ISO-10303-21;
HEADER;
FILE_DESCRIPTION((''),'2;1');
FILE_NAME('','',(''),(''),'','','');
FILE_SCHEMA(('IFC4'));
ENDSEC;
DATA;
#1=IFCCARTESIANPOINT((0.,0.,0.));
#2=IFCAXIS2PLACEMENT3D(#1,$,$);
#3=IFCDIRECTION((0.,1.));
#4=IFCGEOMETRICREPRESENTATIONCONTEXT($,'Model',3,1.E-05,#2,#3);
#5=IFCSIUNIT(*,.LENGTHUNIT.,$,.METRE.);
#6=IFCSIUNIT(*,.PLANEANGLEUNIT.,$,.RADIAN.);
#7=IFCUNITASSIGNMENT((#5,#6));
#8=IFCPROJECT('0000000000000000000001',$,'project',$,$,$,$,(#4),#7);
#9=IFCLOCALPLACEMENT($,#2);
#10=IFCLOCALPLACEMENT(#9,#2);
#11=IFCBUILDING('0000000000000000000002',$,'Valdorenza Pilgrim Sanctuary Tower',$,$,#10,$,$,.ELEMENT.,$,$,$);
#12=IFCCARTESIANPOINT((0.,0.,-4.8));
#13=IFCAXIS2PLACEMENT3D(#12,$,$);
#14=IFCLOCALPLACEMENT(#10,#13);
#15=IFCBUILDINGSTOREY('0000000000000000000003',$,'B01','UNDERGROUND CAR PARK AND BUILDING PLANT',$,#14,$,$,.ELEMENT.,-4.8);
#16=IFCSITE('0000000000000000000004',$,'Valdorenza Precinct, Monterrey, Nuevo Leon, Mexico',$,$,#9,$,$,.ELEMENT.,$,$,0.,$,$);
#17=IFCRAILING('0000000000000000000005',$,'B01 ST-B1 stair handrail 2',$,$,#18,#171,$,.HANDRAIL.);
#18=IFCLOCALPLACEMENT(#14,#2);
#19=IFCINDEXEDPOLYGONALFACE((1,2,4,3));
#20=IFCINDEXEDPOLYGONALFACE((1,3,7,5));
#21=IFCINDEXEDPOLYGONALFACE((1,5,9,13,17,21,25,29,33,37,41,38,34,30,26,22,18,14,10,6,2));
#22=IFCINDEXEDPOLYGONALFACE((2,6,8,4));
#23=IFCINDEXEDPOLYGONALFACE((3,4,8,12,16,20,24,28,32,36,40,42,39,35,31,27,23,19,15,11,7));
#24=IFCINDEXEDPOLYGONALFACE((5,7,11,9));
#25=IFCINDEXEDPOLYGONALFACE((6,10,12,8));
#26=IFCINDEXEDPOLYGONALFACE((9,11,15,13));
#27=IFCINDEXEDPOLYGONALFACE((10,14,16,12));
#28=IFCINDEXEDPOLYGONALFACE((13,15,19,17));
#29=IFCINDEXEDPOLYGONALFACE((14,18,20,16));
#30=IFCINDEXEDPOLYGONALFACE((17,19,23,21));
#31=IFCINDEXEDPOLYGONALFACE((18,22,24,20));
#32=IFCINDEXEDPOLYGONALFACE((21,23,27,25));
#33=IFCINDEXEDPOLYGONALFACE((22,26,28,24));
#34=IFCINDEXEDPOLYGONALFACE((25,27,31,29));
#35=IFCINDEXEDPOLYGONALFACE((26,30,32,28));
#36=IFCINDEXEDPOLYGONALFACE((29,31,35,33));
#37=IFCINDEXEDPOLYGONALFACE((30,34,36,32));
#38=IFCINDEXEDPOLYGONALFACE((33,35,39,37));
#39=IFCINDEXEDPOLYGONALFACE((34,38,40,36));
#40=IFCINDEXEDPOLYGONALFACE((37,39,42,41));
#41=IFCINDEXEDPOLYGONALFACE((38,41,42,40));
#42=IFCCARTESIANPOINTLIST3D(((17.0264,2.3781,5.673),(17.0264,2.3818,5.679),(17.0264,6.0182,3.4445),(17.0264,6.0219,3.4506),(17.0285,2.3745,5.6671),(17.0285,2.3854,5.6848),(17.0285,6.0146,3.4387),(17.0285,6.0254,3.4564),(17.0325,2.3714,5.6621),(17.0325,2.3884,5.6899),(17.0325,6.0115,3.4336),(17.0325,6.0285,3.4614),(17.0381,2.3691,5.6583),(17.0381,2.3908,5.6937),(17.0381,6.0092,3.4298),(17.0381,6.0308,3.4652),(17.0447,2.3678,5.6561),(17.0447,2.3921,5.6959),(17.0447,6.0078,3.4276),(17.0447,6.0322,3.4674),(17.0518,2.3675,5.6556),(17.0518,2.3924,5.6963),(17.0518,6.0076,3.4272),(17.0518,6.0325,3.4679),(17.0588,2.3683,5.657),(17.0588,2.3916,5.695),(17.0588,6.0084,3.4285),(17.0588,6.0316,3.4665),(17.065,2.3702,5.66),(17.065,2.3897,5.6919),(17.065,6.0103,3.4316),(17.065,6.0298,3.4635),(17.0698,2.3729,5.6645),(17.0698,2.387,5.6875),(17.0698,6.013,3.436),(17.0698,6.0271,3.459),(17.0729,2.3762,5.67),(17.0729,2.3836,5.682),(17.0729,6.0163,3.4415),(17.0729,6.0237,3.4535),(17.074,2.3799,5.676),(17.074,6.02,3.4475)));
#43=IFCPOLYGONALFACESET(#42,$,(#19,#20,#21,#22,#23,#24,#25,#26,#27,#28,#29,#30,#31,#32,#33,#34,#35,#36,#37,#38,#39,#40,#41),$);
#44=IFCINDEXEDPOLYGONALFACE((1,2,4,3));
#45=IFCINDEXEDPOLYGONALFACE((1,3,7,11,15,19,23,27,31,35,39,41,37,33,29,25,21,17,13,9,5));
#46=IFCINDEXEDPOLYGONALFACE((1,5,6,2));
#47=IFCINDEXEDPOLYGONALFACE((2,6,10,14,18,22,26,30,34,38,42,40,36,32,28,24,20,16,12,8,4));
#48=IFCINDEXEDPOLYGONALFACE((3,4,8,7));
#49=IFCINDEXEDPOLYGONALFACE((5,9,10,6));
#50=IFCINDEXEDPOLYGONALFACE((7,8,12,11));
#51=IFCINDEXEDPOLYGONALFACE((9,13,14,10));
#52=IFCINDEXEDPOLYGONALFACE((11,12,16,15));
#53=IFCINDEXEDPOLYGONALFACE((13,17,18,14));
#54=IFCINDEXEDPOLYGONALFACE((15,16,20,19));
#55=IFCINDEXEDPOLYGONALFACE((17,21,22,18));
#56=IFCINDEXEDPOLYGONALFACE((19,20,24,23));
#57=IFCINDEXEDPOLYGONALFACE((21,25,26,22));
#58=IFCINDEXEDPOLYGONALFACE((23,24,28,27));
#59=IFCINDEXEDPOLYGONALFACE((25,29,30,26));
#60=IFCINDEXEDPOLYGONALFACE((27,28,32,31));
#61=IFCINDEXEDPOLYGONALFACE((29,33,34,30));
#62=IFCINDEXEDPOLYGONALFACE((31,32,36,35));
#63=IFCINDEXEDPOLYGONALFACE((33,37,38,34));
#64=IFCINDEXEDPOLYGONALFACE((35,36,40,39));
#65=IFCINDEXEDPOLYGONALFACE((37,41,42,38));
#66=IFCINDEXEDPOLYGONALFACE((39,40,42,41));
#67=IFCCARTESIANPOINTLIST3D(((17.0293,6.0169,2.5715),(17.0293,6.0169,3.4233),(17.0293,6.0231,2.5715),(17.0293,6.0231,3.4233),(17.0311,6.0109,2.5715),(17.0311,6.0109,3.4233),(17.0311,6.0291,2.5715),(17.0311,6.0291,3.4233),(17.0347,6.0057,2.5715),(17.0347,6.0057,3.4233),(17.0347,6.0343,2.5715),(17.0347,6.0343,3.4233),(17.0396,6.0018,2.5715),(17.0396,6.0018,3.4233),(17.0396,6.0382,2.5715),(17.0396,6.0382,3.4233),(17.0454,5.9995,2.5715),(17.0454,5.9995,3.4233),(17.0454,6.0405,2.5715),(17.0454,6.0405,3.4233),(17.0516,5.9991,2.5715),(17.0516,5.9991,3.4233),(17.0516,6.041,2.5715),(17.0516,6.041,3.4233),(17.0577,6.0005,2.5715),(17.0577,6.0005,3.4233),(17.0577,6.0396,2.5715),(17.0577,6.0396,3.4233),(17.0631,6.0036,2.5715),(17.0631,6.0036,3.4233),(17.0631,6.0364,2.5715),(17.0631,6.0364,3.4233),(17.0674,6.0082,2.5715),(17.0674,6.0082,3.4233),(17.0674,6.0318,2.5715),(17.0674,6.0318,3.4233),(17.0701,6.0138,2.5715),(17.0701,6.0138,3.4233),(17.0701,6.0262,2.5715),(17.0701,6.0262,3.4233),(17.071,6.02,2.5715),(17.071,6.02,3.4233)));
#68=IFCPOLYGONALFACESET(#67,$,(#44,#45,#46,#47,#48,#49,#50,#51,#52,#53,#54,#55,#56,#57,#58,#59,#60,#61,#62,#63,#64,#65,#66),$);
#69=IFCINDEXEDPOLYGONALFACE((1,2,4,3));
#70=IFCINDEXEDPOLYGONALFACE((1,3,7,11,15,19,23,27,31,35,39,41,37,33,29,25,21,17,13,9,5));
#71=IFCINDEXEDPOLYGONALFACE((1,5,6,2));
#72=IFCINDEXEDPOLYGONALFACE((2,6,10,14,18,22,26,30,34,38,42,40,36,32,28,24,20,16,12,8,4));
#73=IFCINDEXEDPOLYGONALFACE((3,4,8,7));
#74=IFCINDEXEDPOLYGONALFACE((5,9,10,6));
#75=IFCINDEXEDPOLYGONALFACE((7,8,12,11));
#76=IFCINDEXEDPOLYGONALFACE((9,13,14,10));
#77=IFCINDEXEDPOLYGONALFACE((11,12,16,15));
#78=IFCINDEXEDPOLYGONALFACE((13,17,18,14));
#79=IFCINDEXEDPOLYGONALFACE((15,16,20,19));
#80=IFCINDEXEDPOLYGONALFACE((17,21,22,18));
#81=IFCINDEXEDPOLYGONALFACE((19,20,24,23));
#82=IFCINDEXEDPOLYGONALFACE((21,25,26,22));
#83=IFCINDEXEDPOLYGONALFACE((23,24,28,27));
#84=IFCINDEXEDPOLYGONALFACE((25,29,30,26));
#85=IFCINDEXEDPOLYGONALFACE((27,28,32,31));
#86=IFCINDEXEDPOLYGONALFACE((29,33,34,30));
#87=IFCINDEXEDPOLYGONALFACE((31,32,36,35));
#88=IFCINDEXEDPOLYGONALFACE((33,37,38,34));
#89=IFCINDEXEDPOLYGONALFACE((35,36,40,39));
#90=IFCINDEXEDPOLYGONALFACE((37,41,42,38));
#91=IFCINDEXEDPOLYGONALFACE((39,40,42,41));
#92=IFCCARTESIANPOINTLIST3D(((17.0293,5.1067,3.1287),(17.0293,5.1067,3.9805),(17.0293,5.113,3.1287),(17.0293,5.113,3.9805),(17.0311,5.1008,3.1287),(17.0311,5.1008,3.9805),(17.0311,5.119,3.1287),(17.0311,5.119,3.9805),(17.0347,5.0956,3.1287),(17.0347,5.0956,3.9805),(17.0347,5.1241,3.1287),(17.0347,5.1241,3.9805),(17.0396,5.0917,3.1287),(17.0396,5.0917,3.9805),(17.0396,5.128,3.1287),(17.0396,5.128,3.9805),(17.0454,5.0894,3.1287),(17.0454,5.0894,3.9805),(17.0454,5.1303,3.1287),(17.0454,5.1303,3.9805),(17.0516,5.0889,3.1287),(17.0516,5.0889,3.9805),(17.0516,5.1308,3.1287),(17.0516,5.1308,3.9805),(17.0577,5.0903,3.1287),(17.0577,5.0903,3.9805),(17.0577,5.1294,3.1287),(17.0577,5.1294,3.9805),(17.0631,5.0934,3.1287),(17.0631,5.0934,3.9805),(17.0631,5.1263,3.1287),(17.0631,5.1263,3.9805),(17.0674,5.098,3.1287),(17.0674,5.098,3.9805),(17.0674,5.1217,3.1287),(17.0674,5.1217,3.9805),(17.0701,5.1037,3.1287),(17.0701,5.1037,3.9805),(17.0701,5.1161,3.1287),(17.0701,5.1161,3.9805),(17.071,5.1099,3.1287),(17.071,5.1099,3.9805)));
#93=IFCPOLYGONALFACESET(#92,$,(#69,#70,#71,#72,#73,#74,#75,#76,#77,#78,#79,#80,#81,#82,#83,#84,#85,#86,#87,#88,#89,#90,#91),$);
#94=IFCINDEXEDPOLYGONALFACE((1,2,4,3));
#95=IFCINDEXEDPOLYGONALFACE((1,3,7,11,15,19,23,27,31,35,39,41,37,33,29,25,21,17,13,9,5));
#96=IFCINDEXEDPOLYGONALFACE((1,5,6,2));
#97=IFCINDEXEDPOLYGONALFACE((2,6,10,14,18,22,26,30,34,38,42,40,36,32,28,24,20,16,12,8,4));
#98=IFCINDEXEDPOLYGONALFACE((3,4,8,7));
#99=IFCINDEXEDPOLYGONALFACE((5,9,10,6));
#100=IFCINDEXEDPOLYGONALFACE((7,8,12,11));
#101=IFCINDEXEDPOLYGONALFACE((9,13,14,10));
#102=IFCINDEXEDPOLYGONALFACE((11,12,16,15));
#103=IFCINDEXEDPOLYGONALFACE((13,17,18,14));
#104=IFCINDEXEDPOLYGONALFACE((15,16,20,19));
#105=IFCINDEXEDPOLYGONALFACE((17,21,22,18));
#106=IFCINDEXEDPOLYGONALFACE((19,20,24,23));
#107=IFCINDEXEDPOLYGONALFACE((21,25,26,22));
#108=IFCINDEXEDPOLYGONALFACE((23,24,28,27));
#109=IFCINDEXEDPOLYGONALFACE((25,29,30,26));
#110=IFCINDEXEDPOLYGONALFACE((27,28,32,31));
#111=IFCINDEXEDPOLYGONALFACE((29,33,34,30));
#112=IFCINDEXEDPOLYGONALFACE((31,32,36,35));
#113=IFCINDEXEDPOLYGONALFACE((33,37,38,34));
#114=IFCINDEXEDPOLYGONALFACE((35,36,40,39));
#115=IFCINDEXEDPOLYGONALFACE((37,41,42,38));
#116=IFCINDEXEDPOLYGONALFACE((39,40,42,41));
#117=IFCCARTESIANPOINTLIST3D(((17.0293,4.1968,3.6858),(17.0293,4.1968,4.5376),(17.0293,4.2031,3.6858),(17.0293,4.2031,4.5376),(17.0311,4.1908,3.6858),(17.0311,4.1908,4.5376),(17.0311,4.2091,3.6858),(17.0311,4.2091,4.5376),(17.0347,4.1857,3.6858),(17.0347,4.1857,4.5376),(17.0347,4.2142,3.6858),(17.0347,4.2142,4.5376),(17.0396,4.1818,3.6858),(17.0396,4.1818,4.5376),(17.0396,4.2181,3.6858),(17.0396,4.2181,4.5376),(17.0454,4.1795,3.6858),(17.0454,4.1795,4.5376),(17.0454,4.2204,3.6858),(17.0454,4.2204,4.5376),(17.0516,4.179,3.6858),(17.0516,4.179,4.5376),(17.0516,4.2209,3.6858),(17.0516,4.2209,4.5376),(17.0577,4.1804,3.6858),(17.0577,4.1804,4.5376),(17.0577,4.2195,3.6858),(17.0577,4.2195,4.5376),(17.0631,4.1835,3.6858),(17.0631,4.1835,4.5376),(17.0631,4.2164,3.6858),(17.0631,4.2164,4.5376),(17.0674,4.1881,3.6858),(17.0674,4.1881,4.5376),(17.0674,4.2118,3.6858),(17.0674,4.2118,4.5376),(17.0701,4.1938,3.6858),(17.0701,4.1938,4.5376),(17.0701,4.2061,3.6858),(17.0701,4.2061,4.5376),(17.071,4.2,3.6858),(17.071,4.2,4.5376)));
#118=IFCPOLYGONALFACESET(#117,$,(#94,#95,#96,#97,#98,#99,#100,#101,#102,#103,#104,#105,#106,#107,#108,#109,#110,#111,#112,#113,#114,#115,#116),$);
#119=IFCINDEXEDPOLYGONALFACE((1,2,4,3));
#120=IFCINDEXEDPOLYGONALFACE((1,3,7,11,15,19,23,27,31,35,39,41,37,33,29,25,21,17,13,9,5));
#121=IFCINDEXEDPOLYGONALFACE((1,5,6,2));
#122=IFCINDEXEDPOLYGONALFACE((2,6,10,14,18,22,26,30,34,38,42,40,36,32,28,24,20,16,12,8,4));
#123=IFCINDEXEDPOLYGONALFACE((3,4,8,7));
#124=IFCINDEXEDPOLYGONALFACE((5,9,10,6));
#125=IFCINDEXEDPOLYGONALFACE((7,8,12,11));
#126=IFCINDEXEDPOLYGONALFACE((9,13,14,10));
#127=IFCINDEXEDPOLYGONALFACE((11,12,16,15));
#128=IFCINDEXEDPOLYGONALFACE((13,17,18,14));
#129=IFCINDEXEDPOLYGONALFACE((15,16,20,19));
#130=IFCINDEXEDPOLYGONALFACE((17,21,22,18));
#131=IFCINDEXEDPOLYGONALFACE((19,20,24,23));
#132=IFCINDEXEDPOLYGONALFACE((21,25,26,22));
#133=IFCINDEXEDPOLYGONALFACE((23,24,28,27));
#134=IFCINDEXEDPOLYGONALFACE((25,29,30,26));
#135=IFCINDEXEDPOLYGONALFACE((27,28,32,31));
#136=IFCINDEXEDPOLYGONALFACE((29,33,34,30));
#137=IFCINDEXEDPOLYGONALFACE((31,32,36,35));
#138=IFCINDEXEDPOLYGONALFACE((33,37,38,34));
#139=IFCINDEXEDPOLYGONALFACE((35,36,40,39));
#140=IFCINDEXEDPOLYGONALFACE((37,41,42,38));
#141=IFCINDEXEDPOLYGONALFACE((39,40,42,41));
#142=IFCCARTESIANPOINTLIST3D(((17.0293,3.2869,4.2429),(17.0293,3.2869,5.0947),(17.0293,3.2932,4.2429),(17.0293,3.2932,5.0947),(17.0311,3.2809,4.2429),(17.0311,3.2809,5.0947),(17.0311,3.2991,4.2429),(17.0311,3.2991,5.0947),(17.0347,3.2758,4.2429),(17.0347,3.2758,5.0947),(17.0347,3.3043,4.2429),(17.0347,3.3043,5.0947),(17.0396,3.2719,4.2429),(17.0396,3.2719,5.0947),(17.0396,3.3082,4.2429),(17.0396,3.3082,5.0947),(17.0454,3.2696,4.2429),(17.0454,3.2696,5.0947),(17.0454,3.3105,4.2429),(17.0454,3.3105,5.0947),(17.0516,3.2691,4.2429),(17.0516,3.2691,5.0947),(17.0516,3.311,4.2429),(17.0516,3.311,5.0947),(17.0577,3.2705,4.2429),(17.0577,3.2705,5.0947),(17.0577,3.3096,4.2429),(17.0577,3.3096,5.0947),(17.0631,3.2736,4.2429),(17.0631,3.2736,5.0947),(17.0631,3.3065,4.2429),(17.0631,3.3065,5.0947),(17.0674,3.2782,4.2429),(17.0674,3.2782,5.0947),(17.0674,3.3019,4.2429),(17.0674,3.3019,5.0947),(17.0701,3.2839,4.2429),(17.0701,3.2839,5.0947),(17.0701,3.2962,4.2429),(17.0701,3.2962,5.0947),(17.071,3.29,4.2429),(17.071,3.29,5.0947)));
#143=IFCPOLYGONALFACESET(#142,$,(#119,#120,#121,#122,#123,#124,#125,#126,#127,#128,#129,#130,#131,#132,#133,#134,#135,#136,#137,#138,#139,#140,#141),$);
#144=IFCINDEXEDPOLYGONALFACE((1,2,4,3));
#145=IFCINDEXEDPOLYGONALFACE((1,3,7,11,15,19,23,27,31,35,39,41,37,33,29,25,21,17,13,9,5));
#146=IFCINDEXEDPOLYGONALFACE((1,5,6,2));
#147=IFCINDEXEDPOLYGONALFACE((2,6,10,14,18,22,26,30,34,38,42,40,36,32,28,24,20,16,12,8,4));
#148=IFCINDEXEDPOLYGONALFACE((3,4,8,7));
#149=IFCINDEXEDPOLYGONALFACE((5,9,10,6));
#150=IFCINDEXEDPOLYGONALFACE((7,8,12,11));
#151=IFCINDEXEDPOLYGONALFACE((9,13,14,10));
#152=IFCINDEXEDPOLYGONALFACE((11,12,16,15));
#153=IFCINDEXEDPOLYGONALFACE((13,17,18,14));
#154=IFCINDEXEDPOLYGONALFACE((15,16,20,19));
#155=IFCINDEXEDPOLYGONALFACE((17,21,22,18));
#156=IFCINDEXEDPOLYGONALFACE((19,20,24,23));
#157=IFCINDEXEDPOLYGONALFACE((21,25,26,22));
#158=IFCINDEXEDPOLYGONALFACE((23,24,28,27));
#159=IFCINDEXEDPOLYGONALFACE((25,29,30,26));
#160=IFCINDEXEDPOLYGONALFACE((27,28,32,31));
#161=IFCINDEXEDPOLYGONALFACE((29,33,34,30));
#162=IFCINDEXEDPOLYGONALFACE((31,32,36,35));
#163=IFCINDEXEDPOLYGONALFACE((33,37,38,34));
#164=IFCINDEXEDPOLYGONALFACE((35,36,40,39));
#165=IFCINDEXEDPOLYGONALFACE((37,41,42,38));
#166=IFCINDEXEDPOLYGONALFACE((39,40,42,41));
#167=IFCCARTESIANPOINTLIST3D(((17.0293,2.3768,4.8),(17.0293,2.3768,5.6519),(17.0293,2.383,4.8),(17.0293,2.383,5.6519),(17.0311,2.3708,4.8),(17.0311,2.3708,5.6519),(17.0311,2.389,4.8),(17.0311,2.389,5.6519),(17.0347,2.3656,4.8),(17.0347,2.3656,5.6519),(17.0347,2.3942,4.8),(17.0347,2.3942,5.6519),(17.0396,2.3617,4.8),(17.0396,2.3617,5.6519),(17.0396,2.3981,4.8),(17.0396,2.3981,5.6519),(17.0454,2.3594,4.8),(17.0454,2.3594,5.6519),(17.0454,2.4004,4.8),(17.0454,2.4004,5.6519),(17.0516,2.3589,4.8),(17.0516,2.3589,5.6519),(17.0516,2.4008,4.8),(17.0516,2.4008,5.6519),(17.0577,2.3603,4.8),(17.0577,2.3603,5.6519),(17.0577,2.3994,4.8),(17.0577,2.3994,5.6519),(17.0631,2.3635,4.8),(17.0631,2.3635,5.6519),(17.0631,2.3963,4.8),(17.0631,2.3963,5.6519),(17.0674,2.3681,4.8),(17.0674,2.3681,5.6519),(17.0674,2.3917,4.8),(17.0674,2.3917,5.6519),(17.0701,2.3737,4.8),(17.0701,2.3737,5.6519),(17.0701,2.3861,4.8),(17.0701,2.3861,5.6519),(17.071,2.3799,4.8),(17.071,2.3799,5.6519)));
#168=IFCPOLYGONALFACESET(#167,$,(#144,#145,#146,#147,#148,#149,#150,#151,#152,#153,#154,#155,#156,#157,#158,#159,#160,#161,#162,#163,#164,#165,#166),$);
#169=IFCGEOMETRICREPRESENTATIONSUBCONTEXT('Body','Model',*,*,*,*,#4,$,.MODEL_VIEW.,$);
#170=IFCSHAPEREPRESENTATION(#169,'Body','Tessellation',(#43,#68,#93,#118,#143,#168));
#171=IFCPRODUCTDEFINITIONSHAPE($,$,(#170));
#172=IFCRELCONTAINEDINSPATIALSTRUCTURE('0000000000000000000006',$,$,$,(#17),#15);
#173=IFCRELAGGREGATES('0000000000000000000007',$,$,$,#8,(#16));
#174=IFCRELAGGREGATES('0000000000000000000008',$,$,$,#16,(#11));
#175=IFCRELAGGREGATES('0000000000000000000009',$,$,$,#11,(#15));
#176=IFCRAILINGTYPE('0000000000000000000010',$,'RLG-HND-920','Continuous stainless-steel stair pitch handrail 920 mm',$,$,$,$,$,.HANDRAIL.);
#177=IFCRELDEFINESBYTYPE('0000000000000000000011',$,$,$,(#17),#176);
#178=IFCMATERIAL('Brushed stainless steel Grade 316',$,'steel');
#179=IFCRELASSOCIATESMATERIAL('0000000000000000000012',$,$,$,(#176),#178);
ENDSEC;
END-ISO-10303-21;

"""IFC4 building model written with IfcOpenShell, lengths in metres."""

from ifc_helpers import new_model, si_unit, direction, frame, origin, origin_2d, place, context, subcontext, project, spatial, circle, extrude, material, type_object, element, save


model = new_model("IFC4")

# Units and contexts
model_context = context("Model", 3, precision=1e-05, world=origin(), true_north=direction((0.0, 1.0)))
body_context = subcontext(model_context, "Body", "Model", "MODEL_VIEW")
ifc_project = project(units=[si_unit("LENGTHUNIT", "METRE"), si_unit("PLANEANGLEUNIT", "RADIAN")], contexts=[model_context])

# Site, building, storey
site_placement = place(None, origin())
site = spatial("IfcSite", under=ifc_project, at=site_placement, Name="Valdorenza Precinct, Monterrey, Nuevo Leon, Mexico", CompositionType="ELEMENT", RefElevation=0.0)
building_placement = place(site_placement, origin())
building = spatial("IfcBuilding", under=site, at=building_placement, Name="Valdorenza Pilgrim Sanctuary Tower", CompositionType="ELEMENT")
storey_placement = place(building_placement, frame((0.0, 0.0, -4.8)))
storey = spatial("IfcBuildingStorey", under=building, at=storey_placement, Name="B01", Description="UNDERGROUND CAR PARK AND BUILDING PLANT", CompositionType="ELEMENT", Elevation=-4.8)

# Railing
ifc_material_1 = material(Name="Brushed stainless steel Grade 316", Category="steel")
railing_type_1 = type_object("IfcRailingType", Name="RLG-HND-920", Description="Continuous stainless-steel stair pitch handrail 920 mm", PredefinedType="HANDRAIL", material=ifc_material_1)
railing_1_placement = place(storey_placement, frame((17.05, 6.02, 2.5715)))
element("IfcRailing", 1, at=railing_1_placement, inside=storey, type_object=railing_type_1, Name="B01 ST-B1 stair handrail 2", PredefinedType="HANDRAIL", context=body_context, shape_type="SweptSolid", body=[
    extrude(circle(Radius=0.0239, at=origin_2d()), frame((0.0, 0.0, 0.876), z_axis=(0.0, -0.852866, 0.52213), x_axis=(1.0, 0.0, 0.0)), (0.0, 0.0, 1.0), 4.2681),
    extrude(circle(Radius=0.021, at=origin_2d()), origin(), (0.0, 0.0, 1.0), 0.8518),
    extrude(circle(Radius=0.021, at=origin_2d()), frame((0.0, -0.9102, 0.5571)), (0.0, 0.0, 1.0), 0.8518),
    extrude(circle(Radius=0.021, at=origin_2d()), frame((0.0, -1.8201, 1.1143)), (0.0, 0.0, 1.0), 0.8518),
    extrude(circle(Radius=0.021, at=origin_2d()), frame((0.0, -2.73, 1.6714)), (0.0, 0.0, 1.0), 0.8518),
    extrude(circle(Radius=0.021, at=origin_2d()), frame((0.0, -3.6401, 2.2285)), (0.0, 0.0, 1.0), 0.8518),
])

save(model, "model.ifc")
